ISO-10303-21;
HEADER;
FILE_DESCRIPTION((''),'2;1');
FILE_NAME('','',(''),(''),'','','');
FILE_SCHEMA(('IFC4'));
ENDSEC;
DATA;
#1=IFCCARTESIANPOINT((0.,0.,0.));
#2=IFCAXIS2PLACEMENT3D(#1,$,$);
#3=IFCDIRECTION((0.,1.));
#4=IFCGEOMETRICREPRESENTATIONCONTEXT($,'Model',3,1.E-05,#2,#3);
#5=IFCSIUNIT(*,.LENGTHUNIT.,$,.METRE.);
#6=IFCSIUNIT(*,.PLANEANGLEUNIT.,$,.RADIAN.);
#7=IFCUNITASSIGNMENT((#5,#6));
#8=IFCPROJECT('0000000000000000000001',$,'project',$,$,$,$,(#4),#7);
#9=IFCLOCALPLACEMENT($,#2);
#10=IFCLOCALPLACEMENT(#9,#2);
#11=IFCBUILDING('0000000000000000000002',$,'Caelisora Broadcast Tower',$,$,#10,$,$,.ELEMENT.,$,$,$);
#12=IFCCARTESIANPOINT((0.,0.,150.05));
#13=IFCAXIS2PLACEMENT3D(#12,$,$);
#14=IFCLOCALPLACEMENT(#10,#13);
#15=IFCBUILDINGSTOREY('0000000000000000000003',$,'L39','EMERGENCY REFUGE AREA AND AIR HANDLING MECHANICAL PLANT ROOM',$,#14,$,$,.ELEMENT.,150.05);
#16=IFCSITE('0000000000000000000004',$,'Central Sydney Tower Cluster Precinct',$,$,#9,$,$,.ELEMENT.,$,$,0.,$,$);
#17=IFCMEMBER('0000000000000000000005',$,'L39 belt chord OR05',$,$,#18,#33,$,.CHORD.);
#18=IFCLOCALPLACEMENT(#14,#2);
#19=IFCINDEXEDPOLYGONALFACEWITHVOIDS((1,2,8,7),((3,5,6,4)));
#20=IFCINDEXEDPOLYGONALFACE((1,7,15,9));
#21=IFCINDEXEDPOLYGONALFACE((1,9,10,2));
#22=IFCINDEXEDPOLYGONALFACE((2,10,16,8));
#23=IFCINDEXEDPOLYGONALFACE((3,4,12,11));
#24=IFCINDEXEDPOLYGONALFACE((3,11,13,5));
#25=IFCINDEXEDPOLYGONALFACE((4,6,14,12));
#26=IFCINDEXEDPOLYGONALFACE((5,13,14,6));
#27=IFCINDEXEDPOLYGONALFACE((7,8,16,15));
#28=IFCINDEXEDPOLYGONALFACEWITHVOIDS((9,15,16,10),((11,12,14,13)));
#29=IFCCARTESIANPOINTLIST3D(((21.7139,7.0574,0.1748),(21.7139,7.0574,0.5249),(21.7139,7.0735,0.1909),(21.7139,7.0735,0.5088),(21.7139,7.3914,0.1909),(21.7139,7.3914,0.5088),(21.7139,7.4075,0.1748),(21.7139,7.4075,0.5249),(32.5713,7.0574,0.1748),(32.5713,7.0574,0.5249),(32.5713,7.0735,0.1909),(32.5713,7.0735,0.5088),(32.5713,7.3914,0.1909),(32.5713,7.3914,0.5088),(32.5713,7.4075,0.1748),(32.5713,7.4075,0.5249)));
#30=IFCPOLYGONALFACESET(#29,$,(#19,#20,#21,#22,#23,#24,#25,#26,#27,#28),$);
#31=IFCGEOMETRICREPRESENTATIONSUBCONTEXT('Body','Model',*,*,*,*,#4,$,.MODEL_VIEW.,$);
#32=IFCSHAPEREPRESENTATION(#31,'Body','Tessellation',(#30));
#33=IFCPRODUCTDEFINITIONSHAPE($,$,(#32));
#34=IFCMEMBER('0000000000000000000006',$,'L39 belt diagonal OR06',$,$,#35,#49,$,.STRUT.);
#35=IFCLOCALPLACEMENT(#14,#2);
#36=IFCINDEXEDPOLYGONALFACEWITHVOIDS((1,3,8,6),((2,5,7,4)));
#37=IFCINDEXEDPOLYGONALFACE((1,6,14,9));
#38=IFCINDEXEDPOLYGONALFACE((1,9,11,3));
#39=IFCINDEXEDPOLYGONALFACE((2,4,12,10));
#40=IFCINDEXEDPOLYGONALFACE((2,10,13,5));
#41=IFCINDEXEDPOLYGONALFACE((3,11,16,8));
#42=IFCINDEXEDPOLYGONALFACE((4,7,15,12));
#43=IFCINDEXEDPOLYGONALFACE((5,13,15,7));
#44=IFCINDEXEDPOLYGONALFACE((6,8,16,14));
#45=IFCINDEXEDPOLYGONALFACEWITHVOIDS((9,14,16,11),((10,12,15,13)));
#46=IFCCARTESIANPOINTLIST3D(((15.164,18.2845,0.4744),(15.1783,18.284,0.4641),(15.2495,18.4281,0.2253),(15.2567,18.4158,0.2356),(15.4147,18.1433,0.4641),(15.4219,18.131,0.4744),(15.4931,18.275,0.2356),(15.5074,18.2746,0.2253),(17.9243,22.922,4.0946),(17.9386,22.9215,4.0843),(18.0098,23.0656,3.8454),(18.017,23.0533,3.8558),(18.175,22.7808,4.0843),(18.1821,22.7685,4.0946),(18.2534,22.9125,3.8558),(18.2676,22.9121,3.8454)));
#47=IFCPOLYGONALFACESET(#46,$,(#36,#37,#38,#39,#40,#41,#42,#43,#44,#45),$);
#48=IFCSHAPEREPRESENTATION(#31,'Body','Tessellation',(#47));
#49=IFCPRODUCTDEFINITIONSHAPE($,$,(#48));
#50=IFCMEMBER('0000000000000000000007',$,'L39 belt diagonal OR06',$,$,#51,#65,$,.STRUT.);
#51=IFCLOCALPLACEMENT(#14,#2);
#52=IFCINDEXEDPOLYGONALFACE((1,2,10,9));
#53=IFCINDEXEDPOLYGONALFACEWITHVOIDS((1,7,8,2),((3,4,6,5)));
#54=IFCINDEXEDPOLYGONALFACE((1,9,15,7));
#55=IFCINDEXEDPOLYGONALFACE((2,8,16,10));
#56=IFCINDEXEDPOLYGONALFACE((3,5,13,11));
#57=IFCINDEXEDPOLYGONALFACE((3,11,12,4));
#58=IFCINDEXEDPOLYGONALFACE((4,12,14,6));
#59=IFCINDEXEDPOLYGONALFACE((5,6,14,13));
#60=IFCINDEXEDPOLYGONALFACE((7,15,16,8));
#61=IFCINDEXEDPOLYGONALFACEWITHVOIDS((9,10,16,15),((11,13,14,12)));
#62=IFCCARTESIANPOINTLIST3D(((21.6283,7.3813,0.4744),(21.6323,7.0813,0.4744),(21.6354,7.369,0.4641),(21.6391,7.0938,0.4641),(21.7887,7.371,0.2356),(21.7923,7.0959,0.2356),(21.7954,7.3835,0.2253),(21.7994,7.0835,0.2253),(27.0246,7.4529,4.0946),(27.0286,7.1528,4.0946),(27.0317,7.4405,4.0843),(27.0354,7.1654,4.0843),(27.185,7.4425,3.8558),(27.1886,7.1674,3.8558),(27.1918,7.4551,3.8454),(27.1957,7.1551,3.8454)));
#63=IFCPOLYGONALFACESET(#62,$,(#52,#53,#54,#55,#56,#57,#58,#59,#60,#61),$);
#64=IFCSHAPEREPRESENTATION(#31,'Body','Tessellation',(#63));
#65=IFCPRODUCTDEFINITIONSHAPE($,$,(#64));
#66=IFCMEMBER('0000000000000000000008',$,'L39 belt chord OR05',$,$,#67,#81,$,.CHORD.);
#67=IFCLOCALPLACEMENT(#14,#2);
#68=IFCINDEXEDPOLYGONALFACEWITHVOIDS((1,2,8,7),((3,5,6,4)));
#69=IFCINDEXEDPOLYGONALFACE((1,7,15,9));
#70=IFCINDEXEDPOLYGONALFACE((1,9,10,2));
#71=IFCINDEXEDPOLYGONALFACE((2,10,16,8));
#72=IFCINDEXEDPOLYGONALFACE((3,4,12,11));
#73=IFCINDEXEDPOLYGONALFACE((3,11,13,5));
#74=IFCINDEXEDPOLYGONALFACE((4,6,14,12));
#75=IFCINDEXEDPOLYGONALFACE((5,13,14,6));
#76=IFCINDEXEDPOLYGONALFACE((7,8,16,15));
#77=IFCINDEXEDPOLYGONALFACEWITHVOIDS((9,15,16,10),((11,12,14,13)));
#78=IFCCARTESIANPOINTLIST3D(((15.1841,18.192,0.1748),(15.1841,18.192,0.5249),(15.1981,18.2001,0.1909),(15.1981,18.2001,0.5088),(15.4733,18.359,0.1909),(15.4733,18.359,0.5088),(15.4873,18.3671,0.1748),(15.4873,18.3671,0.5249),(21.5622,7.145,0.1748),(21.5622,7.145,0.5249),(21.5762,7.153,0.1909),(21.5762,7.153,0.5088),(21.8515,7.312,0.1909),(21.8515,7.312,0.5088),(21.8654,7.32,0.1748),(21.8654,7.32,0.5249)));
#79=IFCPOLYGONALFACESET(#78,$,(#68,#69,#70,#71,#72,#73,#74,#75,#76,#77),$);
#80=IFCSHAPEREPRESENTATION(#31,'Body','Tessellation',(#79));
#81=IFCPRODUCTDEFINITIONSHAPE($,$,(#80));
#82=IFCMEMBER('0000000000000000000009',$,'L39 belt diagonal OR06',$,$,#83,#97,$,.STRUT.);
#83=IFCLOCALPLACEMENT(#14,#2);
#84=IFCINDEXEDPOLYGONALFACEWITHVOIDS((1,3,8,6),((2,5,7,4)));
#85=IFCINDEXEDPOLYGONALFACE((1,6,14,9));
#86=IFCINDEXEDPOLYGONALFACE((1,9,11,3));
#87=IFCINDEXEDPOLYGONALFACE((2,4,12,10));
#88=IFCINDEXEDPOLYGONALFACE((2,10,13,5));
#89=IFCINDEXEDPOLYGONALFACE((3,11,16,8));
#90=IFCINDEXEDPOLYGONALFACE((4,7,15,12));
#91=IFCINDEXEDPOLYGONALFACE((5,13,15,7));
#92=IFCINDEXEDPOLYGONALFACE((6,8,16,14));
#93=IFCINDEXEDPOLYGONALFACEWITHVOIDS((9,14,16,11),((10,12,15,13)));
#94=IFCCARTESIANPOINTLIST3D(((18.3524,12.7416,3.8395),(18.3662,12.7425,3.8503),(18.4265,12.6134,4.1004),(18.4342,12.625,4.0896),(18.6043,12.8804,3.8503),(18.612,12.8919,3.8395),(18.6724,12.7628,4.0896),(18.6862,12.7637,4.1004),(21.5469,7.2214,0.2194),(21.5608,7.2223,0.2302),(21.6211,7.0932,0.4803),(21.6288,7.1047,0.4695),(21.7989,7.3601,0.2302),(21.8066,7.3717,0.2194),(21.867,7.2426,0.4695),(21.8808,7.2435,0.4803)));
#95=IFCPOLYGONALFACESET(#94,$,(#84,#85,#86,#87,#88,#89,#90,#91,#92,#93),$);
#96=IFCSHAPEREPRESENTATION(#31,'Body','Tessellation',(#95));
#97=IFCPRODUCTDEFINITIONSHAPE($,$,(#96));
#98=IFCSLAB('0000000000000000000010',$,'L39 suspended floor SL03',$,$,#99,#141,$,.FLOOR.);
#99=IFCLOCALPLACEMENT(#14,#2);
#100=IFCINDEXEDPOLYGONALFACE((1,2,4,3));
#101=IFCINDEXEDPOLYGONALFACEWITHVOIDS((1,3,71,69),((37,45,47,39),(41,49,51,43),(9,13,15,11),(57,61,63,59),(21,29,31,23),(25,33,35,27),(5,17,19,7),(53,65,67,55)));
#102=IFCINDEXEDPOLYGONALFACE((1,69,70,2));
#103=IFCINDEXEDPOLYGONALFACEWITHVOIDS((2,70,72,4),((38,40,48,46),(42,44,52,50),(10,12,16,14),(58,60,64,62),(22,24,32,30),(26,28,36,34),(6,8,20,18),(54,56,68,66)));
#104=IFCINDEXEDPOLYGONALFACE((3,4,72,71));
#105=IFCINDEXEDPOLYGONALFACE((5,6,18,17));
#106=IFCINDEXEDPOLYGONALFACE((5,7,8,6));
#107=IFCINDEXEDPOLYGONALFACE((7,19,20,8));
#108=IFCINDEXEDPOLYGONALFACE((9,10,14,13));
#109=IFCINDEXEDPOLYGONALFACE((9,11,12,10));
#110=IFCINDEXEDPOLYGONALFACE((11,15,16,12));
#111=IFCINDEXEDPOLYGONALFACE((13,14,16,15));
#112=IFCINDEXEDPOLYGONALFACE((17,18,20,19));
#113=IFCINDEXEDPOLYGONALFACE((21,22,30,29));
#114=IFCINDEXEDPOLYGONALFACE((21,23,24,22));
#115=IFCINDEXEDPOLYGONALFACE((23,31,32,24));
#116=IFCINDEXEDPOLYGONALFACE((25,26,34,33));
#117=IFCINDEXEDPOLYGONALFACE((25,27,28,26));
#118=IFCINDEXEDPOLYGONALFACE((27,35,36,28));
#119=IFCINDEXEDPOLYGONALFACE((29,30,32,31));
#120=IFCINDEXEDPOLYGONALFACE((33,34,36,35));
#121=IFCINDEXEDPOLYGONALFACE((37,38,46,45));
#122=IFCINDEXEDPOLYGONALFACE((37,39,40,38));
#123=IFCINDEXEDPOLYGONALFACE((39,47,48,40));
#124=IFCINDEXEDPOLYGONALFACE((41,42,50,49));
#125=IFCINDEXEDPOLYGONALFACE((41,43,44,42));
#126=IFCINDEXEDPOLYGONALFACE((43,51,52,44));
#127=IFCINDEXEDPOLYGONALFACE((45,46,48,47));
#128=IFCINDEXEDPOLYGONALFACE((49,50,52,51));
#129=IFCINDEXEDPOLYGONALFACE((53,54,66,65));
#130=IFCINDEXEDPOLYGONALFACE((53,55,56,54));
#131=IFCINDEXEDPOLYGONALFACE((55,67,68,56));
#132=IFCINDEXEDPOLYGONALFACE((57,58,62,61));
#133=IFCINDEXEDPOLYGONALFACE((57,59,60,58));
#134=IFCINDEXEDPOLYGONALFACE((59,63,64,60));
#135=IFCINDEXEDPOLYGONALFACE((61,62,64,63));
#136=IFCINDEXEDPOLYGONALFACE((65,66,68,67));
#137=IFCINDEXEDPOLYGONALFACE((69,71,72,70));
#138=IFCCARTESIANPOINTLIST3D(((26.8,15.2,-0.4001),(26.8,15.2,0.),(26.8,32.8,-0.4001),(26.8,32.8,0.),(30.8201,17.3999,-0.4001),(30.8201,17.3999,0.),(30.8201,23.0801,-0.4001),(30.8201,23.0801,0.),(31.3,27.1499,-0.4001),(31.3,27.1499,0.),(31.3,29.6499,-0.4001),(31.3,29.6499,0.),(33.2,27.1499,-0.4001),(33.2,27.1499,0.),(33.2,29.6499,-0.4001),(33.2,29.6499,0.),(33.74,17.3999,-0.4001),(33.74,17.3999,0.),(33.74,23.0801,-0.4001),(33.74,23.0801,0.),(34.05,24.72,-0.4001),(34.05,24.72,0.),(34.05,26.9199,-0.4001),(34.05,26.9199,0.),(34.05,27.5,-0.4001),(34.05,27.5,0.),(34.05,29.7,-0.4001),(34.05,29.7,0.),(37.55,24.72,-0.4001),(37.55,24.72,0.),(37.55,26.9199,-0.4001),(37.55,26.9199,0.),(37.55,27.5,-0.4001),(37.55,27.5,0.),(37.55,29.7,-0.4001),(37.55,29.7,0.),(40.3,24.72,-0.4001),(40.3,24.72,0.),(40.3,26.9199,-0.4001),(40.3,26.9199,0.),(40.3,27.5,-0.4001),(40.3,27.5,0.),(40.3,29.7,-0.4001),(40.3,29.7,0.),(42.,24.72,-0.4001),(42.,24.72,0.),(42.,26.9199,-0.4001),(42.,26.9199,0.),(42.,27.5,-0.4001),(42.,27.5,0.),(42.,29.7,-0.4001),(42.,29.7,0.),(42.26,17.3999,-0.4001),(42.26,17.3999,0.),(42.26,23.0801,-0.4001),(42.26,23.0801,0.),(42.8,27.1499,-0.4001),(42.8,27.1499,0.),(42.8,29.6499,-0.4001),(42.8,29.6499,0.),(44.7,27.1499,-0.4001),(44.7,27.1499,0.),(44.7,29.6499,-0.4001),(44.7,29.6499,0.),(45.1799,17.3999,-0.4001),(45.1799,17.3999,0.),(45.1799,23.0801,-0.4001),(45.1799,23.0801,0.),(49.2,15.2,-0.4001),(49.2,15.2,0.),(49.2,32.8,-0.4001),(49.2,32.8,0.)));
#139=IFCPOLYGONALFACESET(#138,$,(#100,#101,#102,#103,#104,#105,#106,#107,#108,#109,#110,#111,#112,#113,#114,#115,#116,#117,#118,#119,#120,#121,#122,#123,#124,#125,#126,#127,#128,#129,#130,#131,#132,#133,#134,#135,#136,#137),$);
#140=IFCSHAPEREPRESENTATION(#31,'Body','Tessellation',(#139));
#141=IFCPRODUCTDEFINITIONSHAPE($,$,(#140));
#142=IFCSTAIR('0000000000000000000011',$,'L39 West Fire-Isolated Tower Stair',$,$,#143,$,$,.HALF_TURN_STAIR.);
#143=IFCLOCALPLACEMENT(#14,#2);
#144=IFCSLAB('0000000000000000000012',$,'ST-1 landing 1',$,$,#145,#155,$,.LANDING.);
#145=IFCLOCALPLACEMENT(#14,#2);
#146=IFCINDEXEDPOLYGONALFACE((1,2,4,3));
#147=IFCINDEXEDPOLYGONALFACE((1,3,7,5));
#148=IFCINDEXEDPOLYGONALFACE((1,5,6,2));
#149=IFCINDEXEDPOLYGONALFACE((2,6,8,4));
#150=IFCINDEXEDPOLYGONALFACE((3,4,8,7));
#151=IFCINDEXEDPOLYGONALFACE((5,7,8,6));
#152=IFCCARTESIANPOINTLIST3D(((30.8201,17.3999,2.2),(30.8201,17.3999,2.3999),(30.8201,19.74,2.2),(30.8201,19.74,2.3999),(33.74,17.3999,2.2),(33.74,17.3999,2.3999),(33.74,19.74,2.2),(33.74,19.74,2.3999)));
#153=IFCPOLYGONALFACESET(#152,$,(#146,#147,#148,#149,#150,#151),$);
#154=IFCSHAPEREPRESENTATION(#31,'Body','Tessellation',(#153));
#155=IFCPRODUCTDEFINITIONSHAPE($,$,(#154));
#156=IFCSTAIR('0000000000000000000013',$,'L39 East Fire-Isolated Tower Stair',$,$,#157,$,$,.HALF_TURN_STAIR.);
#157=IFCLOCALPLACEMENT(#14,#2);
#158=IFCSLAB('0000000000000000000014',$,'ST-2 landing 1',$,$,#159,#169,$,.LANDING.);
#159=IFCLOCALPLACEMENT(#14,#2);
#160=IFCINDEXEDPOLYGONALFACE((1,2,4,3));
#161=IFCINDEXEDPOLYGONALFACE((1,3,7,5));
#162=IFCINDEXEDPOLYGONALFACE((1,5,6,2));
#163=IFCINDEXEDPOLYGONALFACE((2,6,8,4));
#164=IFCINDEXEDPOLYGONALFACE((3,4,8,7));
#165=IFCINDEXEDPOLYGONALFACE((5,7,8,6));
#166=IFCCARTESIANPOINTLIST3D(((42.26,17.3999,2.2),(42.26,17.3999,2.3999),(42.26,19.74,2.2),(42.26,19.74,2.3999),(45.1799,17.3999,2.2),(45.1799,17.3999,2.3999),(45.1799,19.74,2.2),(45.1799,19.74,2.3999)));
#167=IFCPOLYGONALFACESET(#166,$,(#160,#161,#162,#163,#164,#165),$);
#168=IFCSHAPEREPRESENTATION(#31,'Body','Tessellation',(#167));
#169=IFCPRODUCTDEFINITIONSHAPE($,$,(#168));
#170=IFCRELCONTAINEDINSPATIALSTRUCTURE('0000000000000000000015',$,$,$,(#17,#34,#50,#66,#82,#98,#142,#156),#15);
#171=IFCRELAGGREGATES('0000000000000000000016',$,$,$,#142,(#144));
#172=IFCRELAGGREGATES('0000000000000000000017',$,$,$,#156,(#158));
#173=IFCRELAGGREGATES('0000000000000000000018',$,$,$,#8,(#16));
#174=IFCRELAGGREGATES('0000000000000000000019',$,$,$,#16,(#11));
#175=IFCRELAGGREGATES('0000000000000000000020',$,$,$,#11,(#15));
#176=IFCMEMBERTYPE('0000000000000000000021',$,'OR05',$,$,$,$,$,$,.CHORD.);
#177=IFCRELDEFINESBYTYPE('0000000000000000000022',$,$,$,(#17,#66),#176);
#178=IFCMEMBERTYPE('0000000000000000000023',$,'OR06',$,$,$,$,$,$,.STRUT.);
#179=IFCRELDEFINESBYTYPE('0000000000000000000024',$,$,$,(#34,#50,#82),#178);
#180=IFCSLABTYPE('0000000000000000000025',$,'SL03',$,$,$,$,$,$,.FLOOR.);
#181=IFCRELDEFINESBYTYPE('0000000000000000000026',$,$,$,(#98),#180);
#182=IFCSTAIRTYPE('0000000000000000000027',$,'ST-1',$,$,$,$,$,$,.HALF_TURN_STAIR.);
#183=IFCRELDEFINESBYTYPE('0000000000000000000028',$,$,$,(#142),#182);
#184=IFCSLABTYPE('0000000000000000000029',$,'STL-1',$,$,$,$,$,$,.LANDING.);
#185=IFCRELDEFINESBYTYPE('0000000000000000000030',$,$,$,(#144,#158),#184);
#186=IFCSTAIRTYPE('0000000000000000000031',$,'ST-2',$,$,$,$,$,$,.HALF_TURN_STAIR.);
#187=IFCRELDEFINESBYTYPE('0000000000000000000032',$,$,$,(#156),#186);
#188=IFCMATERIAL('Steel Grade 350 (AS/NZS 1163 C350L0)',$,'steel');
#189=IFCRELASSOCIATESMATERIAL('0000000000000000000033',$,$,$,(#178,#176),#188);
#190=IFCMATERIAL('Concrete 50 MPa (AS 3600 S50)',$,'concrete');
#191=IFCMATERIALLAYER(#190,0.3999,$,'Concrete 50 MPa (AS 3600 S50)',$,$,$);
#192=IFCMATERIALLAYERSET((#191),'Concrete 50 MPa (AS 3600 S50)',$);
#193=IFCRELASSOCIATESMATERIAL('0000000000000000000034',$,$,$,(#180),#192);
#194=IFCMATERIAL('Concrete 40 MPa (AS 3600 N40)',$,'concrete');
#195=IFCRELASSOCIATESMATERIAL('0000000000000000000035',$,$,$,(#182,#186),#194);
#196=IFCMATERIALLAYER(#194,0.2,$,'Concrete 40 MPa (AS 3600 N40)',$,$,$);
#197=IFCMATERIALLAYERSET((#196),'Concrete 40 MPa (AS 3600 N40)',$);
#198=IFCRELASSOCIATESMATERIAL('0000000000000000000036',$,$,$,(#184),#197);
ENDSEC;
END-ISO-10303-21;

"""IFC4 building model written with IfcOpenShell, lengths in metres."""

from ifc_helpers import new_model, si_unit, direction, frame, origin, origin_2d, place, context, subcontext, project, spatial, polyline, hollow_rectangle, outline, extrude, source, transform, mapped, material, layer, layer_set, material_profile, profile_set, type_object, type_shapes, element, aggregate, save


model = new_model("IFC4")

# Units and contexts
model_context = context("Model", 3, precision=1e-05, world=origin(), true_north=direction((0.0, 1.0)))
body_context = subcontext(model_context, "Body", "Model", "MODEL_VIEW")
ifc_project = project(units=[si_unit("LENGTHUNIT", "METRE"), si_unit("PLANEANGLEUNIT", "RADIAN")], contexts=[model_context])

# Site, building, storey
site_placement = place(None, origin())
site = spatial("IfcSite", under=ifc_project, at=site_placement, Name="Central Sydney Tower Cluster Precinct", CompositionType="ELEMENT", RefElevation=0.0)
building_placement = place(site_placement, origin())
building = spatial("IfcBuilding", under=site, at=building_placement, Name="Caelisora Broadcast Tower", CompositionType="ELEMENT")
storey_placement = place(building_placement, frame((0.0, 0.0, 150.05)))
storey = spatial("IfcBuildingStorey", under=building, at=storey_placement, Name="L39", Description="EMERGENCY REFUGE AREA AND AIR HANDLING MECHANICAL PLANT ROOM", CompositionType="ELEMENT", Elevation=150.05)

# Shared definitions
ifc_material_1 = material(Name="Steel Grade 350 (AS/NZS 1163 C350L0)", Category="steel")

# Members
ifc_material_profile_1 = material_profile(ifc_material_1, hollow_rectangle(XDim=0.3, YDim=0.3, WallThickness=0.0125, at=origin_2d()), Name="Steel Grade 350 (AS/NZS 1163 C350L0)")
ifc_profile_set_1 = profile_set([ifc_material_profile_1], Name="Steel Grade 350 (AS/NZS 1163 C350L0)")
member_type_1 = type_object("IfcMemberType", Name="OR06", PredefinedType="STRUT", material=ifc_profile_set_1)
ifc_material_profile_2 = material_profile(ifc_material_1, hollow_rectangle(XDim=0.3501, YDim=0.3501, WallThickness=0.0161, at=origin_2d()), Name="Steel Grade 350 (AS/NZS 1163 C350L0)")
ifc_profile_set_2 = profile_set([ifc_material_profile_2], Name="Steel Grade 350 (AS/NZS 1163 C350L0)")
member_type_2 = type_object("IfcMemberType", Name="OR05", PredefinedType="CHORD", material=ifc_profile_set_2)
shared_shape_1 = source(origin(), body_context, "Body", "SweptSolid", [
    extrude(hollow_rectangle(XDim=0.3501, YDim=0.3501, WallThickness=0.0161, at=origin_2d()), origin(), (0.0, 0.0, 1.0), 10.8574),
])
member_1_placement = place(storey_placement, frame((21.7139, 7.2324, 0.3499), z_axis=(1.0, 0.0, 0.0), x_axis=(0.0, 1.0, 0.0)))
element("IfcMember", 1, at=member_1_placement, inside=storey, type_object=member_type_2, Name="L39 belt chord OR05", PredefinedType="CHORD", context=body_context, shape_type="MappedRepresentation", body=[
    mapped(shared_shape_1, transform((0.0, 0.0, 0.0), scale=1.0)),
])
shared_shape_2 = source(origin(), body_context, "Body", "SweptSolid", [
    extrude(hollow_rectangle(XDim=0.3, YDim=0.3, WallThickness=0.0125, at=origin_2d()), origin(), (0.0, 0.0, 1.0), 6.4985),
])
for number, where, z_axis, x_axis, name in (
    (2, (15.3357, 18.2795, 0.3499), (0.424754, 0.713621, 0.557072), (-0.859304, 0.511466, 0.0), "L39 belt diagonal OR06"),
    (3, (21.7139, 7.2324, 0.3499), (0.83039, 0.011008, 0.557074), (-0.013255, 0.999912, 0.0), "L39 belt diagonal OR06"),
):
    element("IfcMember", number, at=place(storey_placement, frame(where, z_axis=z_axis, x_axis=x_axis)), inside=storey, type_object=member_type_1, Name=name, PredefinedType="STRUT", context=body_context, shape_type="MappedRepresentation", body=[
        mapped(shared_shape_2, transform((0.0, 0.0, 0.0), scale=1.0)),
    ])
shared_shape_3 = source(origin(), body_context, "Body", "SweptSolid", [
    extrude(hollow_rectangle(XDim=0.3501, YDim=0.3501, WallThickness=0.0161, at=origin_2d()), origin(), (0.0, 0.0, 1.0), 12.7561),
])
type_shapes(member_type_2, [shared_shape_1, shared_shape_3])
member_2_placement = place(storey_placement, frame((15.3357, 18.2795, 0.3499), z_axis=(0.500007, -0.866021, 0.0), x_axis=(0.866021, 0.500007, 0.0)))
element("IfcMember", 4, at=member_2_placement, inside=storey, type_object=member_type_2, Name="L39 belt chord OR05", PredefinedType="CHORD", context=body_context, shape_type="MappedRepresentation", body=[
    mapped(shared_shape_3, transform((0.0, 0.0, 0.0), scale=1.0)),
])
shared_shape_4 = source(origin(), body_context, "Body", "SweptSolid", [
    extrude(hollow_rectangle(XDim=0.3, YDim=0.3, WallThickness=0.0125, at=origin_2d()), origin(), (0.0, 0.0, 1.0), 7.3337),
])
member_3_placement = place(storey_placement, frame((21.7139, 7.2324, 0.3499), z_axis=(-0.4356, 0.75272, 0.493624), x_axis=(-0.865519, -0.500876, 0.0)))
element("IfcMember", 5, at=member_3_placement, inside=storey, type_object=member_type_1, Name="L39 belt diagonal OR06", PredefinedType="STRUT", context=body_context, shape_type="MappedRepresentation", body=[
    mapped(shared_shape_4, transform((0.0, 0.0, 0.0), scale=1.0)),
])

# Slab
ifc_material_2 = material(Name="Concrete 50 MPa (AS 3600 S50)", Category="concrete")
ifc_layer_1 = layer(ifc_material_2, 0.3999, Name="Concrete 50 MPa (AS 3600 S50)")
ifc_layer_set_1 = layer_set([ifc_layer_1], Name="Concrete 50 MPa (AS 3600 S50)")
slab_type_1 = type_object("IfcSlabType", Name="SL03", PredefinedType="FLOOR", material=ifc_layer_set_1)
slab_1_placement = place(storey_placement, frame((0.0, 0.0, -0.4001)))
element("IfcSlab", 6, at=slab_1_placement, inside=storey, type_object=slab_type_1, Name="L39 suspended floor SL03", PredefinedType="FLOOR", context=body_context, shape_type="SweptSolid", body=[
    extrude(outline(polyline([(26.8, 15.2), (26.8, 32.8), (49.2, 32.8), (49.2, 15.2), (26.8, 15.2)]), holes=[polyline([(30.8201, 17.3999), (33.74, 17.3999), (33.74, 23.0801), (30.8201, 23.0801), (30.8201, 17.3999)]), polyline([(42.26, 17.3999), (45.1799, 17.3999), (45.1799, 23.0801), (42.26, 23.0801), (42.26, 17.3999)]), polyline([(42.8, 27.1499), (44.7, 27.1499), (44.7, 29.6499), (42.8, 29.6499), (42.8, 27.1499)]), polyline([(40.3, 24.72), (42.0, 24.72), (42.0, 26.9199), (40.3, 26.9199), (40.3, 24.72)]), polyline([(40.3, 27.5), (42.0, 27.5), (42.0, 29.7), (40.3, 29.7), (40.3, 27.5)]), polyline([(34.05, 24.72), (37.55, 24.72), (37.55, 26.9199), (34.05, 26.9199), (34.05, 24.72)]), polyline([(34.05, 27.5), (37.55, 27.5), (37.55, 29.7), (34.05, 29.7), (34.05, 27.5)]), polyline([(31.3, 27.1499), (33.2, 27.1499), (33.2, 29.6499), (31.3, 29.6499), (31.3, 27.1499)])]), origin(), (0.0, 0.0, 1.0), 0.4001),
])

# Stairs, slabs
ifc_material_3 = material(Name="Concrete 40 MPa (AS 3600 N40)", Category="concrete")
stair_type_1 = type_object("IfcStairType", Name="ST-1", PredefinedType="HALF_TURN_STAIR", material=ifc_material_3)
stair_1_placement = place(storey_placement, origin())
stair_1 = element("IfcStair", 7, at=stair_1_placement, inside=storey, type_object=stair_type_1, Name="L39 West Fire-Isolated Tower Stair", PredefinedType="HALF_TURN_STAIR")
ifc_layer_2 = layer(ifc_material_3, 0.2, Name="Concrete 40 MPa (AS 3600 N40)")
ifc_layer_set_2 = layer_set([ifc_layer_2], Name="Concrete 40 MPa (AS 3600 N40)")
slab_type_2 = type_object("IfcSlabType", Name="STL-1", PredefinedType="LANDING", material=ifc_layer_set_2)
slab_2_placement = place(storey_placement, frame((0.0, 0.0, 2.2)))
slab_2 = element("IfcSlab", 8, at=slab_2_placement, type_object=slab_type_2, Name="ST-1 landing 1", PredefinedType="LANDING", context=body_context, shape_type="SweptSolid", body=[
    extrude(outline(polyline([(30.8201, 19.74), (30.8201, 17.3999), (33.74, 17.3999), (33.74, 19.74), (30.8201, 19.74)])), origin(), (0.0, 0.0, 1.0), 0.2),
])
aggregate(stair_1, [slab_2])
stair_type_2 = type_object("IfcStairType", Name="ST-2", PredefinedType="HALF_TURN_STAIR", material=ifc_material_3)
stair_2_placement = place(storey_placement, origin())
stair_2 = element("IfcStair", 9, at=stair_2_placement, inside=storey, type_object=stair_type_2, Name="L39 East Fire-Isolated Tower Stair", PredefinedType="HALF_TURN_STAIR")
slab_3_placement = place(storey_placement, frame((0.0, 0.0, 2.2)))
slab_3 = element("IfcSlab", 10, at=slab_3_placement, type_object=slab_type_2, Name="ST-2 landing 1", PredefinedType="LANDING", context=body_context, shape_type="SweptSolid", body=[
    extrude(outline(polyline([(42.26, 19.74), (42.26, 17.3999), (45.1799, 17.3999), (45.1799, 19.74), (42.26, 19.74)])), origin(), (0.0, 0.0, 1.0), 0.2),
])
aggregate(stair_2, [slab_3])

save(model, "model.ifc")
